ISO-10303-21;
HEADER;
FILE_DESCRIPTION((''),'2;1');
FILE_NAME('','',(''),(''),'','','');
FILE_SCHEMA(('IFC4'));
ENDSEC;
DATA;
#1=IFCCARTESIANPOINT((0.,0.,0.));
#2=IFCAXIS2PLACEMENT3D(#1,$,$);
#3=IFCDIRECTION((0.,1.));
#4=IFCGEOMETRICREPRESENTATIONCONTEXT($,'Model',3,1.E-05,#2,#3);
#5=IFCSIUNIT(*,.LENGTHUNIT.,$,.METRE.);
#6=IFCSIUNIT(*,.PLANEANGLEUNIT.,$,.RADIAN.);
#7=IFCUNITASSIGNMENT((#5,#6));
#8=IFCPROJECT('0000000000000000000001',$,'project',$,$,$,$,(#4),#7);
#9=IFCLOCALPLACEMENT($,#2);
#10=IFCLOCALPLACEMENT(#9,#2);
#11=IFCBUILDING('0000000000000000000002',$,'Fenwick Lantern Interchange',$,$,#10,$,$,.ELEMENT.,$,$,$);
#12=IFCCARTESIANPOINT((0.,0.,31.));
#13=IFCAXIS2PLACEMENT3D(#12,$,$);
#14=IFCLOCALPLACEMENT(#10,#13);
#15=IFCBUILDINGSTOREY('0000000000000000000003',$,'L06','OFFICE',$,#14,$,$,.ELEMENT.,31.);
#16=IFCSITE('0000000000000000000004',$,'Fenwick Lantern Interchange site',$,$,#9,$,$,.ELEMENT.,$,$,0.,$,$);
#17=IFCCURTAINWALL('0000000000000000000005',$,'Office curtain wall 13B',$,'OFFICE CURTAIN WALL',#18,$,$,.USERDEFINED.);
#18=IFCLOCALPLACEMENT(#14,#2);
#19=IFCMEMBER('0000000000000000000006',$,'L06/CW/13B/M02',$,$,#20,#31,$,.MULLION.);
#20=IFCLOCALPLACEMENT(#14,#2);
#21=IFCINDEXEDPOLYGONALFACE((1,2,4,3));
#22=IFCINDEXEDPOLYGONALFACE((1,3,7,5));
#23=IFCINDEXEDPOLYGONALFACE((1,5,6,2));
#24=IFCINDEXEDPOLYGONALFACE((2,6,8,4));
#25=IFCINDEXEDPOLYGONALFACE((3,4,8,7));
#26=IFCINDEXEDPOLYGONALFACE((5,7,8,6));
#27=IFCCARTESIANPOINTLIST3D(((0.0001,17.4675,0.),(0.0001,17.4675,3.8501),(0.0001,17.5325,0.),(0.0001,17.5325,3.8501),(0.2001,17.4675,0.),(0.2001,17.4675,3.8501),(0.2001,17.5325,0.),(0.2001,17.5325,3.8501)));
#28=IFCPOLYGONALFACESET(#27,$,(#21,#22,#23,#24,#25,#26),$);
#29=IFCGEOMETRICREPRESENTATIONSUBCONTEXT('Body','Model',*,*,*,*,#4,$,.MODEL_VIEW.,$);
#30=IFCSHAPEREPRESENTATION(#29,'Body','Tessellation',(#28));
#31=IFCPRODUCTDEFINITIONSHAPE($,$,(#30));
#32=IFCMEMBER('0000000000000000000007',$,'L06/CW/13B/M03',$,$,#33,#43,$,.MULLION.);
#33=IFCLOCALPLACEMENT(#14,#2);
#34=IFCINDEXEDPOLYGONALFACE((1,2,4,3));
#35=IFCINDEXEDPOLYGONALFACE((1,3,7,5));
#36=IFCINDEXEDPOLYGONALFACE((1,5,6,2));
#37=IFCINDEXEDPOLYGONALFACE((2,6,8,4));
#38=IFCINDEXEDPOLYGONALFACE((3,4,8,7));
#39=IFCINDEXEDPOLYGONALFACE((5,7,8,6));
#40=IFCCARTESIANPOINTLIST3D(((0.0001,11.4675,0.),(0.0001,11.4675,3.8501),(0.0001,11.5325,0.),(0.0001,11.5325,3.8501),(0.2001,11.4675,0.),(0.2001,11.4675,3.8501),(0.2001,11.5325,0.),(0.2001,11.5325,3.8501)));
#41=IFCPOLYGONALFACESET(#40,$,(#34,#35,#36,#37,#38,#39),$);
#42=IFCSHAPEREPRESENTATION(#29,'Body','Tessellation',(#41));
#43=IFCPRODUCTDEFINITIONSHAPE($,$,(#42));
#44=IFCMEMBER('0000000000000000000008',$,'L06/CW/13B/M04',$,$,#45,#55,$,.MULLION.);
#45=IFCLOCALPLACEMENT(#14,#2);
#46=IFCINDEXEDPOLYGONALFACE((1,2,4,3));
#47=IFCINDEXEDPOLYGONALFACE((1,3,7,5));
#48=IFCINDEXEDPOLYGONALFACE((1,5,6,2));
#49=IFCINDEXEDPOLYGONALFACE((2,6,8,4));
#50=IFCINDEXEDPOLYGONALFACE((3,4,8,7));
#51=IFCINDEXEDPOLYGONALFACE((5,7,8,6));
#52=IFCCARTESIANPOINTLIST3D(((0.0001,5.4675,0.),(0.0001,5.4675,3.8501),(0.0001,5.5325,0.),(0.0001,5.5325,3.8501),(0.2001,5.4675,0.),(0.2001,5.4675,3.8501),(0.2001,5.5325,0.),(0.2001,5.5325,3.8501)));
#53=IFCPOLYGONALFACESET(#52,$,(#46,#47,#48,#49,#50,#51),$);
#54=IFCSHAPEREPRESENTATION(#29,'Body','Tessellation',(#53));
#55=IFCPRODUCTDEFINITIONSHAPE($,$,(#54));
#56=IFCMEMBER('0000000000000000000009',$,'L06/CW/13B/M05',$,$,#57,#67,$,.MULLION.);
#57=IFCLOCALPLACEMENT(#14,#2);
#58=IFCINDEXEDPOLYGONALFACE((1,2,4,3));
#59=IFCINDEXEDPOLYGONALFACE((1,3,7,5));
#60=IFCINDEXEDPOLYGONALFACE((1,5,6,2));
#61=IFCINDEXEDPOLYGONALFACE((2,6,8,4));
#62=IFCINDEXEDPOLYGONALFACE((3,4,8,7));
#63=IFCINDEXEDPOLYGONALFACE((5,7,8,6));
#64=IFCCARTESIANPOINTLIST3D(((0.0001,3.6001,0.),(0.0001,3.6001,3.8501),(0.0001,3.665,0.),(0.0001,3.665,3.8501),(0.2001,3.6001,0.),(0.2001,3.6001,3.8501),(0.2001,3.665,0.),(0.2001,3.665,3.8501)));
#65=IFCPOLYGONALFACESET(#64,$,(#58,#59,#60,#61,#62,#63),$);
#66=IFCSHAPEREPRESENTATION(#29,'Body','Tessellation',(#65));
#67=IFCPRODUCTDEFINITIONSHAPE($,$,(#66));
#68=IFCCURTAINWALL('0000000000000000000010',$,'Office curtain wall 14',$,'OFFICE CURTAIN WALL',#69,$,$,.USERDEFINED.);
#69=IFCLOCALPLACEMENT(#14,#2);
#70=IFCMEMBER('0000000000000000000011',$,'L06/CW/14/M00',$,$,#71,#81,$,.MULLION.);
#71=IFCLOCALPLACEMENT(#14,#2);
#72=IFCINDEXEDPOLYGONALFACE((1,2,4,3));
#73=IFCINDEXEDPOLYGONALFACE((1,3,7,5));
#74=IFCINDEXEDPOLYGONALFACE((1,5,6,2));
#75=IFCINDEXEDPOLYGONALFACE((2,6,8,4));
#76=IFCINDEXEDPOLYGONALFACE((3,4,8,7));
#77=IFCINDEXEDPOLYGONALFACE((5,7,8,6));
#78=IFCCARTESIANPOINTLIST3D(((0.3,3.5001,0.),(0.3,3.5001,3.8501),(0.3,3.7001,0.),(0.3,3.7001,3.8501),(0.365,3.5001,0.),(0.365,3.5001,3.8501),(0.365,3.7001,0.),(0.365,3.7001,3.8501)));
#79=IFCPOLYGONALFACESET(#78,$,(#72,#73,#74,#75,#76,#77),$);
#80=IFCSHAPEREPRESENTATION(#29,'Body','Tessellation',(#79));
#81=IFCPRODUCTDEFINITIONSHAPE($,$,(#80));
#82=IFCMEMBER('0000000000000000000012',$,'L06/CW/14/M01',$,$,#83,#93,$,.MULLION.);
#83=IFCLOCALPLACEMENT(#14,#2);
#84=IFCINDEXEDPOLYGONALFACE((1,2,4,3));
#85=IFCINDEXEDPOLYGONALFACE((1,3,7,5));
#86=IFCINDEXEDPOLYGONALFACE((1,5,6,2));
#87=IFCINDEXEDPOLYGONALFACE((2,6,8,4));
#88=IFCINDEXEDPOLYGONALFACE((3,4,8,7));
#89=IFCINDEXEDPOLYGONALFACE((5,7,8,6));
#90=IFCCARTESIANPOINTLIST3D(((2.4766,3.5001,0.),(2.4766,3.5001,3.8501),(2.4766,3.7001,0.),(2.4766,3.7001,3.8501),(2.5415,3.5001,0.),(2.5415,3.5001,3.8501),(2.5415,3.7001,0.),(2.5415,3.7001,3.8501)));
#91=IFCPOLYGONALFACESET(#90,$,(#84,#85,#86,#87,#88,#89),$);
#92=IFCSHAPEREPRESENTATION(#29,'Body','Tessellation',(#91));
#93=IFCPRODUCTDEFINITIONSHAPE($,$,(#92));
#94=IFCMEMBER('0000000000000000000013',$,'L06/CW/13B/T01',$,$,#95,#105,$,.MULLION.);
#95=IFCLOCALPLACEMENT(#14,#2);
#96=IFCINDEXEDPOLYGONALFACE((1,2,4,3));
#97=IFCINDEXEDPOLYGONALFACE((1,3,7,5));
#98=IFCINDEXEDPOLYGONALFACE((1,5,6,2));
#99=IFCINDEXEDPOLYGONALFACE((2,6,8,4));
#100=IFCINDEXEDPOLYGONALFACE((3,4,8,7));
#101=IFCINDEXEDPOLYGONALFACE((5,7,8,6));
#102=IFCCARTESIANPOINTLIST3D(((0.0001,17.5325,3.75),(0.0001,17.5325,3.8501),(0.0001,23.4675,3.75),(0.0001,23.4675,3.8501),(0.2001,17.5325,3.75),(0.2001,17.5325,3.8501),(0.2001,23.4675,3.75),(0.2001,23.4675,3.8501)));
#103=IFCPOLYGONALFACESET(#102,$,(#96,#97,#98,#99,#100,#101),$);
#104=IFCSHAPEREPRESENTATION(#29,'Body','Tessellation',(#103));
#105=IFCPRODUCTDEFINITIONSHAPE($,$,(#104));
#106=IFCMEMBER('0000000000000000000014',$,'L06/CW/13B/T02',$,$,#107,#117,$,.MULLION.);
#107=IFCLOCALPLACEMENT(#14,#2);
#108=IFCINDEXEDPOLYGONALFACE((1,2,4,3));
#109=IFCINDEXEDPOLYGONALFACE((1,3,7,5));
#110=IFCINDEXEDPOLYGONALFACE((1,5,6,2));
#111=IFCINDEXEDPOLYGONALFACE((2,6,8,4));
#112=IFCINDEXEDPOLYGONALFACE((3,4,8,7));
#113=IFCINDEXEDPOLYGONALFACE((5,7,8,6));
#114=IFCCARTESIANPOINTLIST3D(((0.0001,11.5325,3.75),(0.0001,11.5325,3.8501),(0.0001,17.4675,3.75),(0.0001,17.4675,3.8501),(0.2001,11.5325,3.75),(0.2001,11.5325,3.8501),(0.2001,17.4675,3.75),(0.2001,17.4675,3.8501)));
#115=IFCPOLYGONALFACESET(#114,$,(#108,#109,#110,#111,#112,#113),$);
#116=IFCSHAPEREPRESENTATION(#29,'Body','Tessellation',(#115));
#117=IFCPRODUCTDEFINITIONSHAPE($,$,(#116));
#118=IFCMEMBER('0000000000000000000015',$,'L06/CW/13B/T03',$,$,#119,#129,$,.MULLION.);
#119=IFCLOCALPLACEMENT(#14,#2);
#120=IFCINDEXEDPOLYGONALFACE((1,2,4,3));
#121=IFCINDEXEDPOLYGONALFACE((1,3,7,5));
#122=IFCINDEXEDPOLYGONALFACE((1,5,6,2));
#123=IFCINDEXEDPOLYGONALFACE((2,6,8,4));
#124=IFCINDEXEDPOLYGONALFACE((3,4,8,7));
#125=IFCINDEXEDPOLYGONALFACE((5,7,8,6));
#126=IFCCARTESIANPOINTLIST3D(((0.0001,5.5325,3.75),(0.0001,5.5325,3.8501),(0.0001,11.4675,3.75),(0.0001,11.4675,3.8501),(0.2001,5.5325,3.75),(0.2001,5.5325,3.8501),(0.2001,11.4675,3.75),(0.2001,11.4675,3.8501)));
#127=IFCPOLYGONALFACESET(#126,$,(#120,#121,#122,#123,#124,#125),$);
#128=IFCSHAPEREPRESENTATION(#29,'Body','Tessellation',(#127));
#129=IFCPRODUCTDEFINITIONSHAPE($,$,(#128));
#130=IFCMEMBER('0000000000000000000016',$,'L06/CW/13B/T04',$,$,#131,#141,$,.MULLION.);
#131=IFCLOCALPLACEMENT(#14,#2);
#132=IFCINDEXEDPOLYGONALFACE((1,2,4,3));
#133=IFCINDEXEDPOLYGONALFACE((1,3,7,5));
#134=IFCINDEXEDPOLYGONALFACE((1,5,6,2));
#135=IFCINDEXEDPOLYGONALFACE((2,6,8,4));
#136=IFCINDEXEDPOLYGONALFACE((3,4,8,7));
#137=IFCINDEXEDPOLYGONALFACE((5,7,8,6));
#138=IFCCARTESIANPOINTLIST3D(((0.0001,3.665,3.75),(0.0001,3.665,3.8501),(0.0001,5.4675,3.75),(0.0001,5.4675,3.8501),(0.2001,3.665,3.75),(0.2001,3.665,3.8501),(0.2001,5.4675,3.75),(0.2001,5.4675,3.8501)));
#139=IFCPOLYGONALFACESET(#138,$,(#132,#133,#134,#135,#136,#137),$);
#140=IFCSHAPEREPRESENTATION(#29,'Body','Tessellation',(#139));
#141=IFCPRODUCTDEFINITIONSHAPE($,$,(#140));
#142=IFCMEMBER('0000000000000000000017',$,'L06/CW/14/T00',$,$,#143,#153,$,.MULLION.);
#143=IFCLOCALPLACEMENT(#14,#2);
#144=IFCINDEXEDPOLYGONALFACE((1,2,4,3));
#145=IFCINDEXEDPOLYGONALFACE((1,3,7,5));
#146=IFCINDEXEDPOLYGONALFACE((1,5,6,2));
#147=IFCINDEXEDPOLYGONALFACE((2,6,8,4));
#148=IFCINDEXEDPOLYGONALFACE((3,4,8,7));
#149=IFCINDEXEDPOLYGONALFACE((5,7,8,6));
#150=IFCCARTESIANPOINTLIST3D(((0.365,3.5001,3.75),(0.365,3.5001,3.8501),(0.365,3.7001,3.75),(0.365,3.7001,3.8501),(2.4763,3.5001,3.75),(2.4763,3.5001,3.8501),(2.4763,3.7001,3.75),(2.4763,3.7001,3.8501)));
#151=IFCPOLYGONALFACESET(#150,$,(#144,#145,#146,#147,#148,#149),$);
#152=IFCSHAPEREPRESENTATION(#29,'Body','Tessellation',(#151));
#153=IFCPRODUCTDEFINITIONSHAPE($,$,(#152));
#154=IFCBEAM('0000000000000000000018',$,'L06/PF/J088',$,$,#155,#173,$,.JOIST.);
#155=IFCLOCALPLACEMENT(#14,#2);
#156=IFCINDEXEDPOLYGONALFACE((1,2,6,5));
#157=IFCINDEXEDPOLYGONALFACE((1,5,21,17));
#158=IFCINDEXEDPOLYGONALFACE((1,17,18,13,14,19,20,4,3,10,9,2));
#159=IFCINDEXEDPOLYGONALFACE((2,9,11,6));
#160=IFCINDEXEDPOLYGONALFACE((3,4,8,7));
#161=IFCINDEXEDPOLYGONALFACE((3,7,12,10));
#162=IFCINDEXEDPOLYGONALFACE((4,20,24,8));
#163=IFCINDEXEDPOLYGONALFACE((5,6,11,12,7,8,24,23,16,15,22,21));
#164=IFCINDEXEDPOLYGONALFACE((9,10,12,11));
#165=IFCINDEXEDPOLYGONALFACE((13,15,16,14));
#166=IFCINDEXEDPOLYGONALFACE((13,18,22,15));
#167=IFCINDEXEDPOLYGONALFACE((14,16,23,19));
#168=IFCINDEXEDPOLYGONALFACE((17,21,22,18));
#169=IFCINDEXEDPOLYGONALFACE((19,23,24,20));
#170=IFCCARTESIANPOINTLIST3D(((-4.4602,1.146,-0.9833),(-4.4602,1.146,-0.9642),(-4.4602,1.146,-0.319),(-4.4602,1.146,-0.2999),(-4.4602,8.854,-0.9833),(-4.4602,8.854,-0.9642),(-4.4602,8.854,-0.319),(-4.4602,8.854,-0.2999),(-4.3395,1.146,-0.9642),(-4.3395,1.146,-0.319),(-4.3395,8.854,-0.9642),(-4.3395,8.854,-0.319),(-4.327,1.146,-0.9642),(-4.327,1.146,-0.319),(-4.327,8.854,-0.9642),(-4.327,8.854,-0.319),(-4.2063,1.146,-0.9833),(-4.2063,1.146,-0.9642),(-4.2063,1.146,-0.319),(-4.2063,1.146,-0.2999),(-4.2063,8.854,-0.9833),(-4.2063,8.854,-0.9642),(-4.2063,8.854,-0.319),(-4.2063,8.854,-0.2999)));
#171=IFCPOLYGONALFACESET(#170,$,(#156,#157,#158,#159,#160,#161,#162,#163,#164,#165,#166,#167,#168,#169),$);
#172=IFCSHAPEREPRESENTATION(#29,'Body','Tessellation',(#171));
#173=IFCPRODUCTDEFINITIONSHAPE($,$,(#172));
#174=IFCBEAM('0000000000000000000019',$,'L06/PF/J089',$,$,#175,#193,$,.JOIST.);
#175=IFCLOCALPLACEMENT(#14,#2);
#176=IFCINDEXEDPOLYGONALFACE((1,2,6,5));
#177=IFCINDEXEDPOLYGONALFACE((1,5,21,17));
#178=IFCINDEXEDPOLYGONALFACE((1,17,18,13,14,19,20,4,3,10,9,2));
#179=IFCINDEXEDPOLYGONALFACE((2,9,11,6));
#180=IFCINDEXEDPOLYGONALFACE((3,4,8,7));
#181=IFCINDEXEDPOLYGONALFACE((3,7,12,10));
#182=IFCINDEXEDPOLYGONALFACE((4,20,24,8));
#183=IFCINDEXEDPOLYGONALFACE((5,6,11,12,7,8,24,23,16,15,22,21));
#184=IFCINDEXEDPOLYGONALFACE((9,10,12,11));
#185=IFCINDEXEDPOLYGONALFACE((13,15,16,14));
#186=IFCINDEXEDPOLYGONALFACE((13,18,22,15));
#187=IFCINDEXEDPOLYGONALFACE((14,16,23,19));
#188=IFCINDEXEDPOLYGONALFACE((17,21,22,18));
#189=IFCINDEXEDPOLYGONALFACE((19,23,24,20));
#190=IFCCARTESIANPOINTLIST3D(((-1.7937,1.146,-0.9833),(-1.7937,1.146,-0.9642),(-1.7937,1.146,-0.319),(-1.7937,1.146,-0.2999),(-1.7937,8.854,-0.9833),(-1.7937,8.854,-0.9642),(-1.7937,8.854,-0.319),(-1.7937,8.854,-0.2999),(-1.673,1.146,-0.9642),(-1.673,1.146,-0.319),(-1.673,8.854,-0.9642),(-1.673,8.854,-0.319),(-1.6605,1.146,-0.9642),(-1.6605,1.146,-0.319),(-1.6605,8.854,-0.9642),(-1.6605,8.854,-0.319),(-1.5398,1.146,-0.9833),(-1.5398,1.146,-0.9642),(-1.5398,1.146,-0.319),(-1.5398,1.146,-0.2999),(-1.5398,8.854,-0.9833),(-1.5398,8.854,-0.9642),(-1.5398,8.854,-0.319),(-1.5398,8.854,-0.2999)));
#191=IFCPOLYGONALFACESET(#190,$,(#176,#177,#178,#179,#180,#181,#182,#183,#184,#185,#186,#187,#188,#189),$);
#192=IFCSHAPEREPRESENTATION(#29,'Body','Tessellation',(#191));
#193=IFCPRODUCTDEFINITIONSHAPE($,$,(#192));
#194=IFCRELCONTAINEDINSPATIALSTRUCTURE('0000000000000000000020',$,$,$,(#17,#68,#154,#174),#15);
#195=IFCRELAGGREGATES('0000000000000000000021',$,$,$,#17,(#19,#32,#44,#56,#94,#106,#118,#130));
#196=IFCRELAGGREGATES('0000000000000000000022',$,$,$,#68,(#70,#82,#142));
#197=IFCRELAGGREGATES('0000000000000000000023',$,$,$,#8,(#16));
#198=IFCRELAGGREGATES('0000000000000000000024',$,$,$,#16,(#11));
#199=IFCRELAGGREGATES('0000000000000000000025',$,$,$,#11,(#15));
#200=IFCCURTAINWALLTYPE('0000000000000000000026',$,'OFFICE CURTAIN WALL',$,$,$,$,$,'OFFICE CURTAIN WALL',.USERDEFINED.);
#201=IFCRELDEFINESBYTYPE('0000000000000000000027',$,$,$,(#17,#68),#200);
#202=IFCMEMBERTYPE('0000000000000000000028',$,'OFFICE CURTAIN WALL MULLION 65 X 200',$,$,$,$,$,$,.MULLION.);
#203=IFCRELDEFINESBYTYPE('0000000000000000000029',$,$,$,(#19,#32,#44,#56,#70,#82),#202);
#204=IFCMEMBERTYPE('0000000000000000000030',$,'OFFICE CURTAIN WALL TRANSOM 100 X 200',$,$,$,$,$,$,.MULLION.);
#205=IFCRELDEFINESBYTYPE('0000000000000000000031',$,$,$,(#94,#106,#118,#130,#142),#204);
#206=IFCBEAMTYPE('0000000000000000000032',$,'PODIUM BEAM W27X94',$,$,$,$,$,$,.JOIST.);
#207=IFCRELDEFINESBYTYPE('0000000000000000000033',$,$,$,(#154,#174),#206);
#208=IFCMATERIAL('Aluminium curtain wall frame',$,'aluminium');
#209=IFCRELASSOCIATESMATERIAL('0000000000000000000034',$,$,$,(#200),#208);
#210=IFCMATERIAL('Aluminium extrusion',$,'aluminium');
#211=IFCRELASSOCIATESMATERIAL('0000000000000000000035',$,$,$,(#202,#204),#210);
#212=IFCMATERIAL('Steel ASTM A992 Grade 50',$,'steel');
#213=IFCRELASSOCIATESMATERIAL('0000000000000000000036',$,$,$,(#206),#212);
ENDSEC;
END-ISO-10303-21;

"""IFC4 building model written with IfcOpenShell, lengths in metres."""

from ifc_helpers import new_model, si_unit, direction, frame, origin, origin_2d, place, context, subcontext, project, spatial, rectangle, i_section, extrude, material, material_profile, profile_set, type_object, element, aggregate, save


model = new_model("IFC4")

# Units and contexts
model_context = context("Model", 3, precision=1e-05, world=origin(), true_north=direction((0.0, 1.0)))
body_context = subcontext(model_context, "Body", "Model", "MODEL_VIEW")
ifc_project = project(units=[si_unit("LENGTHUNIT", "METRE"), si_unit("PLANEANGLEUNIT", "RADIAN")], contexts=[model_context])

# Site, building, storey
site_placement = place(None, origin())
site = spatial("IfcSite", under=ifc_project, at=site_placement, Name="Fenwick Lantern Interchange site", CompositionType="ELEMENT", RefElevation=0.0)
building_placement = place(site_placement, origin())
building = spatial("IfcBuilding", under=site, at=building_placement, Name="Fenwick Lantern Interchange", CompositionType="ELEMENT")
storey_placement = place(building_placement, frame((0.0, 0.0, 31.0)))
storey = spatial("IfcBuildingStorey", under=building, at=storey_placement, Name="L06", Description="OFFICE", CompositionType="ELEMENT", Elevation=31.0)

# Shared definitions
ifc_material_1 = material(Name="Steel ASTM A992 Grade 50", Category="steel")

# Curtain walls, members
ifc_material_2 = material(Name="Aluminium curtain wall frame", Category="aluminium")
curtain_wall_type = type_object("IfcCurtainWallType", Name="OFFICE CURTAIN WALL", ElementType="OFFICE CURTAIN WALL", PredefinedType="USERDEFINED", material=ifc_material_2)
curtain_wall_1_placement = place(storey_placement, origin())
curtain_wall_1 = element("IfcCurtainWall", 1, at=curtain_wall_1_placement, inside=storey, type_object=curtain_wall_type, Name="Office curtain wall 13B", ObjectType="OFFICE CURTAIN WALL", PredefinedType="USERDEFINED")
ifc_material_3 = material(Name="Aluminium extrusion", Category="aluminium")
ifc_material_profile_1 = material_profile(ifc_material_3, rectangle(XDim=0.2, YDim=0.0649, at=origin_2d()), Name="OFFICE CURTAIN WALL MULLION 65 X 200")
ifc_profile_set_1 = profile_set([ifc_material_profile_1], Name="Aluminium extrusion")
member_type_1 = type_object("IfcMemberType", Name="OFFICE CURTAIN WALL MULLION 65 X 200", PredefinedType="MULLION", material=ifc_profile_set_1)
member_1_placement = place(storey_placement, frame((0.1001, 17.5, 0.0), z_axis=(0.0, 0.0, 1.0), x_axis=(1.0, 0.0, 0.0)))
member_1 = element("IfcMember", 2, at=member_1_placement, type_object=member_type_1, Name="L06/CW/13B/M02", PredefinedType="MULLION", context=body_context, shape_type="SweptSolid", body=[
    extrude(rectangle(XDim=0.2, YDim=0.0649, at=origin_2d()), origin(), (0.0, 0.0, 1.0), 3.8501),
])
member_2_placement = place(storey_placement, frame((0.1001, 11.5, 0.0), z_axis=(0.0, 0.0, 1.0), x_axis=(1.0, 0.0, 0.0)))
member_2 = element("IfcMember", 3, at=member_2_placement, type_object=member_type_1, Name="L06/CW/13B/M03", PredefinedType="MULLION", context=body_context, shape_type="SweptSolid", body=[
    extrude(rectangle(XDim=0.2, YDim=0.0649, at=origin_2d()), origin(), (0.0, 0.0, 1.0), 3.8501),
])
member_3_placement = place(storey_placement, frame((0.1001, 5.5, 0.0), z_axis=(0.0, 0.0, 1.0), x_axis=(1.0, 0.0, 0.0)))
member_3 = element("IfcMember", 4, at=member_3_placement, type_object=member_type_1, Name="L06/CW/13B/M04", PredefinedType="MULLION", context=body_context, shape_type="SweptSolid", body=[
    extrude(rectangle(XDim=0.2, YDim=0.0649, at=origin_2d()), origin(), (0.0, 0.0, 1.0), 3.8501),
])
member_4_placement = place(storey_placement, frame((0.1001, 3.6326, 0.0), z_axis=(0.0, 0.0, 1.0), x_axis=(1.0, 0.0, 0.0)))
member_4 = element("IfcMember", 5, at=member_4_placement, type_object=member_type_1, Name="L06/CW/13B/M05", PredefinedType="MULLION", context=body_context, shape_type="SweptSolid", body=[
    extrude(rectangle(XDim=0.2, YDim=0.0649, at=origin_2d()), origin(), (0.0, 0.0, 1.0), 3.8501),
])
curtain_wall_2_placement = place(storey_placement, origin())
curtain_wall_2 = element("IfcCurtainWall", 6, at=curtain_wall_2_placement, inside=storey, type_object=curtain_wall_type, Name="Office curtain wall 14", ObjectType="OFFICE CURTAIN WALL", PredefinedType="USERDEFINED")
member_5_placement = place(storey_placement, frame((0.3325, 3.6001, 0.0), z_axis=(0.0, 0.0, 1.0), x_axis=(0.0, 1.0, 0.0)))
member_5 = element("IfcMember", 7, at=member_5_placement, type_object=member_type_1, Name="L06/CW/14/M00", PredefinedType="MULLION", context=body_context, shape_type="SweptSolid", body=[
    extrude(rectangle(XDim=0.2, YDim=0.0649, at=origin_2d()), origin(), (0.0, 0.0, 1.0), 3.8501),
])
member_6_placement = place(storey_placement, frame((2.509, 3.6001, 0.0), z_axis=(0.0, 0.0, 1.0), x_axis=(0.0, 1.0, 0.0)))
member_6 = element("IfcMember", 8, at=member_6_placement, type_object=member_type_1, Name="L06/CW/14/M01", PredefinedType="MULLION", context=body_context, shape_type="SweptSolid", body=[
    extrude(rectangle(XDim=0.2, YDim=0.0649, at=origin_2d()), origin(), (0.0, 0.0, 1.0), 3.8501),
])

# Members
ifc_material_profile_2 = material_profile(ifc_material_3, rectangle(XDim=0.2, YDim=0.1001, at=origin_2d()), Name="OFFICE CURTAIN WALL TRANSOM 100 X 200")
ifc_profile_set_2 = profile_set([ifc_material_profile_2], Name="Aluminium extrusion")
member_type_2 = type_object("IfcMemberType", Name="OFFICE CURTAIN WALL TRANSOM 100 X 200", PredefinedType="MULLION", material=ifc_profile_set_2)
member_7_placement = place(storey_placement, frame((0.1001, 23.4675, 3.8), z_axis=(0.0, -1.0, 0.0), x_axis=(1.0, 0.0, 0.0)))
member_7 = element("IfcMember", 9, at=member_7_placement, type_object=member_type_2, Name="L06/CW/13B/T01", PredefinedType="MULLION", context=body_context, shape_type="SweptSolid", body=[
    extrude(rectangle(XDim=0.2, YDim=0.1001, at=origin_2d()), origin(), (0.0, 0.0, 1.0), 5.9351),
])
member_8_placement = place(storey_placement, frame((0.1001, 17.4675, 3.8), z_axis=(0.0, -1.0, 0.0), x_axis=(1.0, 0.0, 0.0)))
member_8 = element("IfcMember", 10, at=member_8_placement, type_object=member_type_2, Name="L06/CW/13B/T02", PredefinedType="MULLION", context=body_context, shape_type="SweptSolid", body=[
    extrude(rectangle(XDim=0.2, YDim=0.1001, at=origin_2d()), origin(), (0.0, 0.0, 1.0), 5.9351),
])
member_9_placement = place(storey_placement, frame((0.1001, 11.4675, 3.8), z_axis=(0.0, -1.0, 0.0), x_axis=(1.0, 0.0, 0.0)))
member_9 = element("IfcMember", 11, at=member_9_placement, type_object=member_type_2, Name="L06/CW/13B/T03", PredefinedType="MULLION", context=body_context, shape_type="SweptSolid", body=[
    extrude(rectangle(XDim=0.2, YDim=0.1001, at=origin_2d()), origin(), (0.0, 0.0, 1.0), 5.9351),
])
member_10_placement = place(storey_placement, frame((0.1001, 5.4675, 3.8), z_axis=(0.0, -1.0, 0.0), x_axis=(1.0, 0.0, 0.0)))
member_10 = element("IfcMember", 12, at=member_10_placement, type_object=member_type_2, Name="L06/CW/13B/T04", PredefinedType="MULLION", context=body_context, shape_type="SweptSolid", body=[
    extrude(rectangle(XDim=0.2, YDim=0.1001, at=origin_2d()), origin(), (0.0, 0.0, 1.0), 1.8025),
])
member_11_placement = place(storey_placement, frame((0.365, 3.6001, 3.8), z_axis=(1.0, 0.0, 0.0), x_axis=(0.0, 1.0, 0.0)))
member_11 = element("IfcMember", 13, at=member_11_placement, type_object=member_type_2, Name="L06/CW/14/T00", PredefinedType="MULLION", context=body_context, shape_type="SweptSolid", body=[
    extrude(rectangle(XDim=0.2, YDim=0.1001, at=origin_2d()), origin(), (0.0, 0.0, 1.0), 2.1113),
])

# Beams
ifc_material_profile_3 = material_profile(ifc_material_1, i_section(OverallWidth=0.2539, OverallDepth=0.6833, WebThickness=0.0125, FlangeThickness=0.019, at=origin_2d()), Name="W27X94")
ifc_profile_set_3 = profile_set([ifc_material_profile_3], Name="Steel ASTM A992 Grade 50")
beam_type_1 = type_object("IfcBeamType", Name="PODIUM BEAM W27X94", PredefinedType="JOIST", material=ifc_profile_set_3)
for number, where, z_axis, x_axis, name in (
    (14, (-4.3333, 1.146, -0.6416), (0.0, 1.0, 0.0), (-1.0, 0.0, 0.0), "L06/PF/J088"),
    (15, (-1.6667, 1.146, -0.6416), (0.0, 1.0, 0.0), (-1.0, 0.0, 0.0), "L06/PF/J089"),
):
    element("IfcBeam", number, at=place(storey_placement, frame(where, z_axis=z_axis, x_axis=x_axis)), inside=storey, type_object=beam_type_1, Name=name, PredefinedType="JOIST", context=body_context, shape_type="SweptSolid", body=[
        extrude(i_section(OverallWidth=0.2539, OverallDepth=0.6833, WebThickness=0.0125, FlangeThickness=0.019, at=origin_2d()), origin(), (0.0, 0.0, 1.0), 7.708),
    ])

aggregate(curtain_wall_1, [member_1, member_2, member_3, member_4, member_7, member_8, member_9, member_10])
aggregate(curtain_wall_2, [member_5, member_6, member_11])

save(model, "model.ifc")
